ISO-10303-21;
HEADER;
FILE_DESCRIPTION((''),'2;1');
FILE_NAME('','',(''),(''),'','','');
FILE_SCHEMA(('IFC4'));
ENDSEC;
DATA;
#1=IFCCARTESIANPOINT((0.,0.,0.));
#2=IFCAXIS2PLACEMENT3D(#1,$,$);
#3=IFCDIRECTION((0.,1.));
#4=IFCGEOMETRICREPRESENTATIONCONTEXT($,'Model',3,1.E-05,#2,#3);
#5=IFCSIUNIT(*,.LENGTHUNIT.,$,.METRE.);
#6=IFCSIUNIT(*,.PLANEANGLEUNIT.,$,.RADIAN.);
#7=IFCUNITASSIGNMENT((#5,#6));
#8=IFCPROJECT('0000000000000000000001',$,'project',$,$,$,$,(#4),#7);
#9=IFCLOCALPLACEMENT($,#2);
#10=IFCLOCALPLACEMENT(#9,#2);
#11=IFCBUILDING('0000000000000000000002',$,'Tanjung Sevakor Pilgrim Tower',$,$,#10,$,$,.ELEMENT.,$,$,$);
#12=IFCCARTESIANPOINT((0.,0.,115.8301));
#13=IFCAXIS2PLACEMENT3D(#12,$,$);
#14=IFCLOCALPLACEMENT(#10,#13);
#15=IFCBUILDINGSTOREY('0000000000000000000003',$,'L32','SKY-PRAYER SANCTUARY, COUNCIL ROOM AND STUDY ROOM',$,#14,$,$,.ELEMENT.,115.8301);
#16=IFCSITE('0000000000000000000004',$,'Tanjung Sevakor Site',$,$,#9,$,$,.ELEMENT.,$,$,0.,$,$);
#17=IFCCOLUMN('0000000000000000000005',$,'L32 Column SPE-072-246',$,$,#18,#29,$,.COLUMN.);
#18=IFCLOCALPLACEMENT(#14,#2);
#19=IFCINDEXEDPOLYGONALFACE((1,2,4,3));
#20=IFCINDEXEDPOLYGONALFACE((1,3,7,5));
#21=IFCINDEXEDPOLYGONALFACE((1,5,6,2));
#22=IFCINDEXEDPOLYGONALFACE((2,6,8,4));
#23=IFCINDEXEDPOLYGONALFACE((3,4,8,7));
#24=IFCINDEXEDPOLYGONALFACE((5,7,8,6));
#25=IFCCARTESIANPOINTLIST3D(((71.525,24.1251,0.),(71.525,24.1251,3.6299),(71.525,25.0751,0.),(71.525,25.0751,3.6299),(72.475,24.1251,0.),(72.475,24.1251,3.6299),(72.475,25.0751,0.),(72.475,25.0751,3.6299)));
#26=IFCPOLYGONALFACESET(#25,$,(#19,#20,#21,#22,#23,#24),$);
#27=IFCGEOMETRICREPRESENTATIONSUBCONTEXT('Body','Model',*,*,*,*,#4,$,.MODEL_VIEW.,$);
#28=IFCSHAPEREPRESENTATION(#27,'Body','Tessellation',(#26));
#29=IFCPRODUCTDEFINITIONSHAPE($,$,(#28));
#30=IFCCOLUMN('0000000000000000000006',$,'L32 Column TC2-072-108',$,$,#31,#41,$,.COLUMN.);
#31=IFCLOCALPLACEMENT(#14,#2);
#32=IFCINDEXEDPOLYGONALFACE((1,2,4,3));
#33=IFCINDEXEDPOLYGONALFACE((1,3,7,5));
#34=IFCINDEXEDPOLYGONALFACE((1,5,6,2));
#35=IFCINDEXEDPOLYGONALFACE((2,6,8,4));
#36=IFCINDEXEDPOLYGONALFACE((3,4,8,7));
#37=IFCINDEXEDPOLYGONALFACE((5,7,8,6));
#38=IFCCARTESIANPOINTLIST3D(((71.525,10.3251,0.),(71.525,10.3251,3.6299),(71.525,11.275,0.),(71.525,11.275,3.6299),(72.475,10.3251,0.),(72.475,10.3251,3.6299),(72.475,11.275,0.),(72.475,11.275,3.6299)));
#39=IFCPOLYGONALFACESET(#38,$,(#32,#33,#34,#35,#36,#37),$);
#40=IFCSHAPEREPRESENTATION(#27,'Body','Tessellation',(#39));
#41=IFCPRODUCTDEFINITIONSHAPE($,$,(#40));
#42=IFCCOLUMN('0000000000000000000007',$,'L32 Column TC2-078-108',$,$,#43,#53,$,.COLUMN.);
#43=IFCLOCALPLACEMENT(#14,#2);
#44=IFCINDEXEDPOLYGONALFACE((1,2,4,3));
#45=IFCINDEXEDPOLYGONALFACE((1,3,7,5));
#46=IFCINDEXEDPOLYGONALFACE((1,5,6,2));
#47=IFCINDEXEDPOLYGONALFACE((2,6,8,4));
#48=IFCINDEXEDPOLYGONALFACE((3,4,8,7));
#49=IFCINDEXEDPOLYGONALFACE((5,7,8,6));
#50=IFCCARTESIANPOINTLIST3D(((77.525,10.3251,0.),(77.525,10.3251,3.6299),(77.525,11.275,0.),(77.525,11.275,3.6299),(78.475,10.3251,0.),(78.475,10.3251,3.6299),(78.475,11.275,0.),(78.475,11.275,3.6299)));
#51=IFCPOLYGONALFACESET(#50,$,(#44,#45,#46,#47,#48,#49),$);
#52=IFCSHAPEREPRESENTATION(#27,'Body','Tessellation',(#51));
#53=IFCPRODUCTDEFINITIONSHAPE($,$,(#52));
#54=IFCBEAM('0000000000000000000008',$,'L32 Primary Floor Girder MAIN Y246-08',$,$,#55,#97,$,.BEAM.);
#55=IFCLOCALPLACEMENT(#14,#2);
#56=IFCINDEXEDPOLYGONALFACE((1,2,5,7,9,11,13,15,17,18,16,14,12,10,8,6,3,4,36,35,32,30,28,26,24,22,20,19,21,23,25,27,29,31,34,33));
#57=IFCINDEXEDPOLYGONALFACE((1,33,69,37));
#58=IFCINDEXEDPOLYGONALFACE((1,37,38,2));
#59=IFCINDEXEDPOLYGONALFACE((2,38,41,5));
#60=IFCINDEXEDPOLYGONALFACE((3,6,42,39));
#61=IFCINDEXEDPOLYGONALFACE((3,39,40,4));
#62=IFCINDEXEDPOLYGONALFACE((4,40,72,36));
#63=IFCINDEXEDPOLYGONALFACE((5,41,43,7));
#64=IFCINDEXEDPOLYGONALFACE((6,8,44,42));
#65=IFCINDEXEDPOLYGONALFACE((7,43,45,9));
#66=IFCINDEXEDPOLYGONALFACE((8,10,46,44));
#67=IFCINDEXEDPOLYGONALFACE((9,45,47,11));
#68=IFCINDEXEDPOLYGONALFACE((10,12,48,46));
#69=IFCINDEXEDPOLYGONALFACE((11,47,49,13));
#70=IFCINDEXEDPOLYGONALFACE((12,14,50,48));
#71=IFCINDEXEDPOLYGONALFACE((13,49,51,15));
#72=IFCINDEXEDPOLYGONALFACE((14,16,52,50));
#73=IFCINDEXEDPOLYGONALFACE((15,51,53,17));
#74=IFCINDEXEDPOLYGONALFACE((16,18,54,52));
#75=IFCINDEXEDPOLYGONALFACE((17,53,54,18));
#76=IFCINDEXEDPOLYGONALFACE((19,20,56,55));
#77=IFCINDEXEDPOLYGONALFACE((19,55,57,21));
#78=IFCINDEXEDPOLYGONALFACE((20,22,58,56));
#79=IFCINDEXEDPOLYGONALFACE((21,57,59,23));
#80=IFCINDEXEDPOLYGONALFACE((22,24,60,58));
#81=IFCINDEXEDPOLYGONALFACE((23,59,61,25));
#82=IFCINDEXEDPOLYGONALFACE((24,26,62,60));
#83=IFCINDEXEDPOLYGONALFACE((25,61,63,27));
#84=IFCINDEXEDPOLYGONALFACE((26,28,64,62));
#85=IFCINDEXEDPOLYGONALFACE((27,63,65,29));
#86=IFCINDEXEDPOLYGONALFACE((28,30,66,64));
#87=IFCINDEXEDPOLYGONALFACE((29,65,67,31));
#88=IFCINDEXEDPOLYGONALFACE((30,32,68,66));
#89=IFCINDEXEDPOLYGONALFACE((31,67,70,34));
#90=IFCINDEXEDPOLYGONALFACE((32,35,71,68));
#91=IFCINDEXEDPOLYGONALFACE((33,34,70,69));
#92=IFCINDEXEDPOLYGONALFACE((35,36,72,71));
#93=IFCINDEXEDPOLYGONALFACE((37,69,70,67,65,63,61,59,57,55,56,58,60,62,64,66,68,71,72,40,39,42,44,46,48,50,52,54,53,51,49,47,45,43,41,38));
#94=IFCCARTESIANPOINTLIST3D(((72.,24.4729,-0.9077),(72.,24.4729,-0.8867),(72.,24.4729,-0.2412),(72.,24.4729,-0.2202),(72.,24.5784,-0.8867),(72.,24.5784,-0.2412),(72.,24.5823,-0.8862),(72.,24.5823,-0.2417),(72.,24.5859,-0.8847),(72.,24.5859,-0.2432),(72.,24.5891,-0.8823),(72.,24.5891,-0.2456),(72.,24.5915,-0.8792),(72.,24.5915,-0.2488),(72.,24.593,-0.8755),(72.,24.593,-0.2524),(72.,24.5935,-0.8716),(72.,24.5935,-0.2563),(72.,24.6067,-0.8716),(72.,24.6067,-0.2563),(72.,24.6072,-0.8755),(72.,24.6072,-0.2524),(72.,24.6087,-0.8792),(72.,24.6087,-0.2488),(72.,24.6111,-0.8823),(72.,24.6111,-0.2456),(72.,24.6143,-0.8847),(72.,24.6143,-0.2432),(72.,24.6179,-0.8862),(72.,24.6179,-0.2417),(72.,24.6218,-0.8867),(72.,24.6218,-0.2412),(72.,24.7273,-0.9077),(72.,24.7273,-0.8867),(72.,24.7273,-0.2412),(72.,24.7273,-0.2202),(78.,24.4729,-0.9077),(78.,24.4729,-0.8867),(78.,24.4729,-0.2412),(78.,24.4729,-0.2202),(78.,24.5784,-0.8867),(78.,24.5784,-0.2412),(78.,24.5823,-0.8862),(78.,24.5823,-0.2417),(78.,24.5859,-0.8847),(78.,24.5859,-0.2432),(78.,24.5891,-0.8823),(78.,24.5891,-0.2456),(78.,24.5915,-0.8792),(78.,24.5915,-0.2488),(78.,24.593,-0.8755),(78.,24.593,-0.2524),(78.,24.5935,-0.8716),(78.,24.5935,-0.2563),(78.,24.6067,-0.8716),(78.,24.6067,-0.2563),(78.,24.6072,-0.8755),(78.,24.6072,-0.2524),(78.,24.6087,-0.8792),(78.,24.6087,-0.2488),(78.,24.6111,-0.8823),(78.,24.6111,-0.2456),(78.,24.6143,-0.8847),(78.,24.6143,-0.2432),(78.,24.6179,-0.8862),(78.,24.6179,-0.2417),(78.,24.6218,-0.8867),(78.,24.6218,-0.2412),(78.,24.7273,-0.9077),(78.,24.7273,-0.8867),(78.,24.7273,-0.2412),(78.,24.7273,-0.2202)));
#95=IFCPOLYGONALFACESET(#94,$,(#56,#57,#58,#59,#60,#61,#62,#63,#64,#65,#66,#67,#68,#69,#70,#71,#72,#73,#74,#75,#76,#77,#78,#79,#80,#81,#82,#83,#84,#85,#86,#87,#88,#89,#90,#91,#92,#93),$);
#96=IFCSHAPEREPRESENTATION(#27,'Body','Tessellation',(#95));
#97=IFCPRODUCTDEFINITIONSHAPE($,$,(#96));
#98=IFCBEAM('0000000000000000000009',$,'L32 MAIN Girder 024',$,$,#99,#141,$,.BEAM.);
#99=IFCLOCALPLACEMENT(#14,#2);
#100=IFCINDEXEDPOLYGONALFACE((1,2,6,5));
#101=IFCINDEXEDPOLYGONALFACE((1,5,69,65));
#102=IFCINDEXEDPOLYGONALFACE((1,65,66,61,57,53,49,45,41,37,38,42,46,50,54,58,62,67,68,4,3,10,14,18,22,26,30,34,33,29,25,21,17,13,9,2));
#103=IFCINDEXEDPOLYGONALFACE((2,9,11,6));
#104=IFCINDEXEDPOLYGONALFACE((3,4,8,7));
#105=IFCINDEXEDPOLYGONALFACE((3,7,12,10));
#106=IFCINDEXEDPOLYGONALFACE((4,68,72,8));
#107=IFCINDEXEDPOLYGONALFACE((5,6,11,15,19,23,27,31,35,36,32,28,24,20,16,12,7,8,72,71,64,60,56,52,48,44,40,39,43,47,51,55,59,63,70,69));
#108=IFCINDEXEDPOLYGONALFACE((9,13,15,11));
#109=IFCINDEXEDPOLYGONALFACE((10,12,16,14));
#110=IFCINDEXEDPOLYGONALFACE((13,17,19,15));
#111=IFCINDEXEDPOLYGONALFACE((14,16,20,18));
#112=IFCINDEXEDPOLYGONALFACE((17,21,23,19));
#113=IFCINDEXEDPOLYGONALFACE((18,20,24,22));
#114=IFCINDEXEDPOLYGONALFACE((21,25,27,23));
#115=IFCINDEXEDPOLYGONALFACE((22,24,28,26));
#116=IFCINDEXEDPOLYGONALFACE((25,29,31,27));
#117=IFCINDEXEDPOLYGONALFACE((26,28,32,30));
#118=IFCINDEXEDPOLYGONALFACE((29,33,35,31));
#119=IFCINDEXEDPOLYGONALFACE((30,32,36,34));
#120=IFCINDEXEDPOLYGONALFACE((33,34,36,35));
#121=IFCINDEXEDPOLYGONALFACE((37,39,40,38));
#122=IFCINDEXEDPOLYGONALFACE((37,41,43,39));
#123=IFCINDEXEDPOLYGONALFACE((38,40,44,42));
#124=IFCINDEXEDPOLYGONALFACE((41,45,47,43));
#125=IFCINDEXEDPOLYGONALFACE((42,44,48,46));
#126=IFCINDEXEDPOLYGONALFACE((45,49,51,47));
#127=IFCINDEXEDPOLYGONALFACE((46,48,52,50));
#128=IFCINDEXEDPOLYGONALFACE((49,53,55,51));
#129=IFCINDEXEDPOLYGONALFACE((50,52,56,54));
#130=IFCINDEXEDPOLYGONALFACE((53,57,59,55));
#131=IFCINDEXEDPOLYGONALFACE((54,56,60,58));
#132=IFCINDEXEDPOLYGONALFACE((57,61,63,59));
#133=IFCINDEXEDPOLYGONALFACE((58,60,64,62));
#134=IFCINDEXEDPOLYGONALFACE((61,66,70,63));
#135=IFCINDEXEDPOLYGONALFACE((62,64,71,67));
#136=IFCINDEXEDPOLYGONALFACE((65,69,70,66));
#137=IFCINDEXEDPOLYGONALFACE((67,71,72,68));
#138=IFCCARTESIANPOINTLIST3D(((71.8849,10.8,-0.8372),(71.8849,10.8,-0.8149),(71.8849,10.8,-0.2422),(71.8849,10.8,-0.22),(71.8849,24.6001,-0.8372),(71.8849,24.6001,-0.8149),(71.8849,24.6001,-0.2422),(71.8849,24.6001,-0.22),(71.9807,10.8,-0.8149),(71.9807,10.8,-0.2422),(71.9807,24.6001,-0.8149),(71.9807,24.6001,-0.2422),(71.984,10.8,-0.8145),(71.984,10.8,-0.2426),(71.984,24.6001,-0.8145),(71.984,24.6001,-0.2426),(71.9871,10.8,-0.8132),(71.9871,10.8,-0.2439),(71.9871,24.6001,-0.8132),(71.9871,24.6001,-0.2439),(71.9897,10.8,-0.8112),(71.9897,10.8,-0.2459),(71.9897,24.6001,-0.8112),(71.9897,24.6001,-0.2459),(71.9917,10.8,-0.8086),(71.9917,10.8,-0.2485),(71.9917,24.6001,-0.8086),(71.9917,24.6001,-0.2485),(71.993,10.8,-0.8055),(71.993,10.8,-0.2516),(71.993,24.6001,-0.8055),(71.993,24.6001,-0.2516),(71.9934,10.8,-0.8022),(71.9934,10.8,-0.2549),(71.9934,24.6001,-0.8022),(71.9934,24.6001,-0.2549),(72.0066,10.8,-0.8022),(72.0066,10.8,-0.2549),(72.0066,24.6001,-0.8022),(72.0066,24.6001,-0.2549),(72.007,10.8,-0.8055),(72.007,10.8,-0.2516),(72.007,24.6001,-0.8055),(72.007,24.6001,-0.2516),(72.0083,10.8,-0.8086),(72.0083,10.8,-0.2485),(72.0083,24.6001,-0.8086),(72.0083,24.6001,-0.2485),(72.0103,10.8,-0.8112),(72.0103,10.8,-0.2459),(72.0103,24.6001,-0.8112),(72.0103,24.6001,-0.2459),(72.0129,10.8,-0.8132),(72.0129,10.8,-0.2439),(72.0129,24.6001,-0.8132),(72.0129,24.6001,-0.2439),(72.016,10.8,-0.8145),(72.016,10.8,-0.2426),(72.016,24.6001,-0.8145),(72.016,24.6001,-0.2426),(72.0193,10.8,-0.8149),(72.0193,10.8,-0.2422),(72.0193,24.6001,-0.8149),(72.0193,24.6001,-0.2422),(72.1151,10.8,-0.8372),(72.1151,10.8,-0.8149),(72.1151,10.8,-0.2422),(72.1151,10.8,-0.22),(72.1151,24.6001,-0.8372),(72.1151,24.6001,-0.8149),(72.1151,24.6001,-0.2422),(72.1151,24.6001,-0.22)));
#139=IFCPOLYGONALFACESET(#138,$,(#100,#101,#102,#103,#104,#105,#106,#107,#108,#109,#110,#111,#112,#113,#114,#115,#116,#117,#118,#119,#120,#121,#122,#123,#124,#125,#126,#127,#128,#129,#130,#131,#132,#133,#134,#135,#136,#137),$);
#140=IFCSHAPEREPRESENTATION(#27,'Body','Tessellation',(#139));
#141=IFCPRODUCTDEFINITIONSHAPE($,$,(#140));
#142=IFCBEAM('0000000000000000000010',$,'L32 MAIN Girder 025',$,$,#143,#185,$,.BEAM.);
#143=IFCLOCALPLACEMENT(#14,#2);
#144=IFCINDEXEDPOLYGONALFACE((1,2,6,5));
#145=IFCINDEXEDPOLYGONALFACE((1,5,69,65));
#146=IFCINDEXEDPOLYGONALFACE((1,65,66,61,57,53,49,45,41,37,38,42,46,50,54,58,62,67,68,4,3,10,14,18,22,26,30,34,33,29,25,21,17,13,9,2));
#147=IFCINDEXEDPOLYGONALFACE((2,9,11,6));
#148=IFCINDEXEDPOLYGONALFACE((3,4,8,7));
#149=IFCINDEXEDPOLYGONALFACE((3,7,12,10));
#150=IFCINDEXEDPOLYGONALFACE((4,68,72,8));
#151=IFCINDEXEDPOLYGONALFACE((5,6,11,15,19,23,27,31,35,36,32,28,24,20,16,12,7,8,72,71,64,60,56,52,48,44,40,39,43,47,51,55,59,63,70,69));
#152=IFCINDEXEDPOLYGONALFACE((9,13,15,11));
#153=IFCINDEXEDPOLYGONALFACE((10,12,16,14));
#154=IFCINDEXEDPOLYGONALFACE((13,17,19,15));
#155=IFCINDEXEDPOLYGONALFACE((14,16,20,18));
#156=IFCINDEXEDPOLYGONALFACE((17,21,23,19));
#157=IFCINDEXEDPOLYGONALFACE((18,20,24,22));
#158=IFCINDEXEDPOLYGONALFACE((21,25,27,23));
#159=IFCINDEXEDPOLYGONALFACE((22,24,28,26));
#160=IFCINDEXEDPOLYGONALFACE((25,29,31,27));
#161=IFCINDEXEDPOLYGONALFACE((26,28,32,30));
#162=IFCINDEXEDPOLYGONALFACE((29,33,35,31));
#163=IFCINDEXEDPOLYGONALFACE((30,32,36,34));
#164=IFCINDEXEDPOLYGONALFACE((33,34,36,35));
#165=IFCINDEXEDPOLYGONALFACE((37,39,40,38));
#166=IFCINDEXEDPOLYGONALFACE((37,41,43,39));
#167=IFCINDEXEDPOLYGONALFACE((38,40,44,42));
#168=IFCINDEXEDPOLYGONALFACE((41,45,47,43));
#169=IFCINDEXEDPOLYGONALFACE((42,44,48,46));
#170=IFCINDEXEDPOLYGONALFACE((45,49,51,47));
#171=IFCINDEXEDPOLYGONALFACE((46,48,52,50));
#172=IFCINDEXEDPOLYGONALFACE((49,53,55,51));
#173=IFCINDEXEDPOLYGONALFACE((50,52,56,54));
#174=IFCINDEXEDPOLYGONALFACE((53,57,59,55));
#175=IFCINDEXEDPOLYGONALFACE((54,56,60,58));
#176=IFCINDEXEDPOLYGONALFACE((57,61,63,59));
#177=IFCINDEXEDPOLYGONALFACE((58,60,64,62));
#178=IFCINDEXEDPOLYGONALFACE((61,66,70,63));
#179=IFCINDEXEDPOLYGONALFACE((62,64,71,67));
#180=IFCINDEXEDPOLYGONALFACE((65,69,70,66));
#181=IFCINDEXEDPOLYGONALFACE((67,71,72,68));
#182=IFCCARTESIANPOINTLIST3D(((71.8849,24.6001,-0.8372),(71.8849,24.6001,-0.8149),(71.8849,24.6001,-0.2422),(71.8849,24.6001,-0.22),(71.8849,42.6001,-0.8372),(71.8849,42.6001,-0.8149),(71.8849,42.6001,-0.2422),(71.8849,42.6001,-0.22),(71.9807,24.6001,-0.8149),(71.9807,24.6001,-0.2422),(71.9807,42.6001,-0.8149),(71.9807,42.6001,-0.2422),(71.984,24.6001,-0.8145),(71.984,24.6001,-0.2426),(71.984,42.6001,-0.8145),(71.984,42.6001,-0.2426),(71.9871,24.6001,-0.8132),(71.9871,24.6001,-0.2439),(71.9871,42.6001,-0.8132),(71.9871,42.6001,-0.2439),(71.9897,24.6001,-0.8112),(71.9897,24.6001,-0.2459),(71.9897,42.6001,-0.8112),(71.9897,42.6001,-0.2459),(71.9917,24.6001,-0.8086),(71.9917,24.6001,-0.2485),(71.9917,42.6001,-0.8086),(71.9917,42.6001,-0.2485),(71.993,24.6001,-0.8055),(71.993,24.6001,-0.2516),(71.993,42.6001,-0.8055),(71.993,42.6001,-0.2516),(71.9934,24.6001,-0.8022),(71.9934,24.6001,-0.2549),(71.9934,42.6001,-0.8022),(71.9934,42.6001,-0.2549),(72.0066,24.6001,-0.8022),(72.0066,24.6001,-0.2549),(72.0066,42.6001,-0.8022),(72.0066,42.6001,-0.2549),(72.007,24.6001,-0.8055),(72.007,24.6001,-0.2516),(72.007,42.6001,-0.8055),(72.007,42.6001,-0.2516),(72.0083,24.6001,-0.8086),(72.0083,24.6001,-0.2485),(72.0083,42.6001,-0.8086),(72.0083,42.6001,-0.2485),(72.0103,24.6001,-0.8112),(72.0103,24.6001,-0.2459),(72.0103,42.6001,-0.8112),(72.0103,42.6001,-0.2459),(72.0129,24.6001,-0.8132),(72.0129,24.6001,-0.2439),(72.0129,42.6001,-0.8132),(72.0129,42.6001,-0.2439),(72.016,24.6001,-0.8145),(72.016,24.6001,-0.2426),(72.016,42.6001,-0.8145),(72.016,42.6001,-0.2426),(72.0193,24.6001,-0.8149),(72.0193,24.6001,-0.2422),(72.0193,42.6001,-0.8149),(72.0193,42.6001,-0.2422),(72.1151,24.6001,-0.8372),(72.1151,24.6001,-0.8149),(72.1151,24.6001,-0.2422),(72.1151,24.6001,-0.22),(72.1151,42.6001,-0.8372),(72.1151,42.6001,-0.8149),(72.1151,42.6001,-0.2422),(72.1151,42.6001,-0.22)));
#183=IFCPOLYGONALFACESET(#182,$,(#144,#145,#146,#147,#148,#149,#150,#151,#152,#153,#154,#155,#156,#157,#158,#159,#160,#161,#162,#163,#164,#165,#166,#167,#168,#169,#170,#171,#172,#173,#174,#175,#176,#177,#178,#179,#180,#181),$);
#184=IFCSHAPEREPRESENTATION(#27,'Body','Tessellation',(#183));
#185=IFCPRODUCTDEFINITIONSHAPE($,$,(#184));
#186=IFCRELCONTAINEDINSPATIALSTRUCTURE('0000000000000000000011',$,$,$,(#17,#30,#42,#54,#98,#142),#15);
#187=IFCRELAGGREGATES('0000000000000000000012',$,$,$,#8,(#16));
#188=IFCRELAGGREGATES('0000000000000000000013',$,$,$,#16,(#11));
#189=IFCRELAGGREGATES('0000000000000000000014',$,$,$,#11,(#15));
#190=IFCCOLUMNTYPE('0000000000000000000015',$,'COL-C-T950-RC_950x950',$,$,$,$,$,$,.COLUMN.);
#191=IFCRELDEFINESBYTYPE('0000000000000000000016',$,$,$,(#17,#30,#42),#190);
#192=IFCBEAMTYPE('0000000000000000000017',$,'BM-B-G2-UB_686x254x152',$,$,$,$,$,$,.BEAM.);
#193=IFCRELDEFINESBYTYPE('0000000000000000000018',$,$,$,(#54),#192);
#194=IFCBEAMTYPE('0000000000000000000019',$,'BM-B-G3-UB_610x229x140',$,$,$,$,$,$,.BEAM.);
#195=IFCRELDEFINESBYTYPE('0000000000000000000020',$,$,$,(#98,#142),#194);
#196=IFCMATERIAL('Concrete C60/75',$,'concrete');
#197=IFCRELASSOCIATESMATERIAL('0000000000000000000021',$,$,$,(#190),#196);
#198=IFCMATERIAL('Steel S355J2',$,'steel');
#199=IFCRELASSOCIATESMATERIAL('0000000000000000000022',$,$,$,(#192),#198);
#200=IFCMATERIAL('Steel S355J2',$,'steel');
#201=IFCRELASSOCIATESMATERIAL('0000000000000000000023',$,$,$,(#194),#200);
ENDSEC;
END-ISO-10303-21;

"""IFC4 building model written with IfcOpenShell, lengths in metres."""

from ifc_helpers import new_model, si_unit, direction, frame, origin, origin_2d, place, context, subcontext, project, spatial, rectangle, i_section, extrude, material, material_profile, profile_set, type_object, element, save


model = new_model("IFC4")

# Units and contexts
model_context = context("Model", 3, precision=1e-05, world=origin(), true_north=direction((0.0, 1.0)))
body_context = subcontext(model_context, "Body", "Model", "MODEL_VIEW")
ifc_project = project(units=[si_unit("LENGTHUNIT", "METRE"), si_unit("PLANEANGLEUNIT", "RADIAN")], contexts=[model_context])

# Site, building, storey
site_placement = place(None, origin())
site = spatial("IfcSite", under=ifc_project, at=site_placement, Name="Tanjung Sevakor Site", CompositionType="ELEMENT", RefElevation=0.0)
building_placement = place(site_placement, origin())
building = spatial("IfcBuilding", under=site, at=building_placement, Name="Tanjung Sevakor Pilgrim Tower", CompositionType="ELEMENT")
storey_placement = place(building_placement, frame((0.0, 0.0, 115.8301)))
storey = spatial("IfcBuildingStorey", under=building, at=storey_placement, Name="L32", Description="SKY-PRAYER SANCTUARY, COUNCIL ROOM AND STUDY ROOM", CompositionType="ELEMENT", Elevation=115.8301)

# Columns
ifc_material_1 = material(Name="Concrete C60/75", Category="concrete")
ifc_material_profile_1 = material_profile(ifc_material_1, rectangle(XDim=0.95, YDim=0.95, at=origin_2d()))
ifc_profile_set_1 = profile_set([ifc_material_profile_1], Name="Concrete C60/75")
column_type = type_object("IfcColumnType", Name="COL-C-T950-RC_950x950", PredefinedType="COLUMN", material=ifc_profile_set_1)
for number, where, z_axis, x_axis, name in (
    (1, (72.0, 24.6001, 0.0), (0.0, 0.0, 1.0), (1.0, 0.0, 0.0), "L32 Column SPE-072-246"),
    (2, (72.0, 10.8, 0.0), (0.0, 0.0, 1.0), (1.0, 0.0, 0.0), "L32 Column TC2-072-108"),
    (3, (78.0, 10.8, 0.0), (0.0, 0.0, 1.0), (1.0, 0.0, 0.0), "L32 Column TC2-078-108"),
):
    element("IfcColumn", number, at=place(storey_placement, frame(where, z_axis=z_axis, x_axis=x_axis)), inside=storey, type_object=column_type, Name=name, PredefinedType="COLUMN", context=body_context, shape_type="SweptSolid", body=[
        extrude(rectangle(XDim=0.95, YDim=0.95, at=origin_2d()), origin(), (0.0, 0.0, 1.0), 3.6299),
    ])

# Beams
ifc_material_2 = material(Name="Steel S355J2", Category="steel")
ifc_material_profile_2 = material_profile(ifc_material_2, i_section(OverallWidth=0.2544, OverallDepth=0.6875, WebThickness=0.0132, FlangeThickness=0.021, FilletRadius=0.0151, at=origin_2d()))
ifc_profile_set_2 = profile_set([ifc_material_profile_2], Name="Steel S355J2")
beam_type_1 = type_object("IfcBeamType", Name="BM-B-G2-UB_686x254x152", PredefinedType="BEAM", material=ifc_profile_set_2)
beam_1_placement = place(storey_placement, frame((72.0, 24.6001, -0.564), z_axis=(1.0, 0.0, 0.0), x_axis=(0.0, 1.0, 0.0)))
element("IfcBeam", 4, at=beam_1_placement, inside=storey, type_object=beam_type_1, Name="L32 Primary Floor Girder MAIN Y246-08", PredefinedType="BEAM", context=body_context, shape_type="SweptSolid", body=[
    extrude(i_section(OverallWidth=0.2544, OverallDepth=0.6875, WebThickness=0.0132, FlangeThickness=0.021, FilletRadius=0.0151, at=origin_2d()), origin(), (0.0, 0.0, 1.0), 6.0),
])
ifc_material_3 = material(Name="Steel S355J2", Category="steel")
ifc_material_profile_3 = material_profile(ifc_material_3, i_section(OverallWidth=0.2302, OverallDepth=0.6172, WebThickness=0.0132, FlangeThickness=0.0222, FilletRadius=0.0127, at=origin_2d()))
ifc_profile_set_3 = profile_set([ifc_material_profile_3], Name="Steel S355J2")
beam_type_2 = type_object("IfcBeamType", Name="BM-B-G3-UB_610x229x140", PredefinedType="BEAM", material=ifc_profile_set_3)
beam_2_placement = place(storey_placement, frame((72.0, 10.8, -0.5286), z_axis=(0.0, 1.0, 0.0), x_axis=(-1.0, 0.0, 0.0)))
element("IfcBeam", 5, at=beam_2_placement, inside=storey, type_object=beam_type_2, Name="L32 MAIN Girder 024", PredefinedType="BEAM", context=body_context, shape_type="SweptSolid", body=[
    extrude(i_section(OverallWidth=0.2302, OverallDepth=0.6172, WebThickness=0.0132, FlangeThickness=0.0222, FilletRadius=0.0127, at=origin_2d()), origin(), (0.0, 0.0, 1.0), 13.8),
])
beam_3_placement = place(storey_placement, frame((72.0, 24.6001, -0.5286), z_axis=(0.0, 1.0, 0.0), x_axis=(-1.0, 0.0, 0.0)))
element("IfcBeam", 6, at=beam_3_placement, inside=storey, type_object=beam_type_2, Name="L32 MAIN Girder 025", PredefinedType="BEAM", context=body_context, shape_type="SweptSolid", body=[
    extrude(i_section(OverallWidth=0.2302, OverallDepth=0.6172, WebThickness=0.0132, FlangeThickness=0.0222, FilletRadius=0.0127, at=origin_2d()), origin(), (0.0, 0.0, 1.0), 18.0),
])

save(model, "model.ifc")
